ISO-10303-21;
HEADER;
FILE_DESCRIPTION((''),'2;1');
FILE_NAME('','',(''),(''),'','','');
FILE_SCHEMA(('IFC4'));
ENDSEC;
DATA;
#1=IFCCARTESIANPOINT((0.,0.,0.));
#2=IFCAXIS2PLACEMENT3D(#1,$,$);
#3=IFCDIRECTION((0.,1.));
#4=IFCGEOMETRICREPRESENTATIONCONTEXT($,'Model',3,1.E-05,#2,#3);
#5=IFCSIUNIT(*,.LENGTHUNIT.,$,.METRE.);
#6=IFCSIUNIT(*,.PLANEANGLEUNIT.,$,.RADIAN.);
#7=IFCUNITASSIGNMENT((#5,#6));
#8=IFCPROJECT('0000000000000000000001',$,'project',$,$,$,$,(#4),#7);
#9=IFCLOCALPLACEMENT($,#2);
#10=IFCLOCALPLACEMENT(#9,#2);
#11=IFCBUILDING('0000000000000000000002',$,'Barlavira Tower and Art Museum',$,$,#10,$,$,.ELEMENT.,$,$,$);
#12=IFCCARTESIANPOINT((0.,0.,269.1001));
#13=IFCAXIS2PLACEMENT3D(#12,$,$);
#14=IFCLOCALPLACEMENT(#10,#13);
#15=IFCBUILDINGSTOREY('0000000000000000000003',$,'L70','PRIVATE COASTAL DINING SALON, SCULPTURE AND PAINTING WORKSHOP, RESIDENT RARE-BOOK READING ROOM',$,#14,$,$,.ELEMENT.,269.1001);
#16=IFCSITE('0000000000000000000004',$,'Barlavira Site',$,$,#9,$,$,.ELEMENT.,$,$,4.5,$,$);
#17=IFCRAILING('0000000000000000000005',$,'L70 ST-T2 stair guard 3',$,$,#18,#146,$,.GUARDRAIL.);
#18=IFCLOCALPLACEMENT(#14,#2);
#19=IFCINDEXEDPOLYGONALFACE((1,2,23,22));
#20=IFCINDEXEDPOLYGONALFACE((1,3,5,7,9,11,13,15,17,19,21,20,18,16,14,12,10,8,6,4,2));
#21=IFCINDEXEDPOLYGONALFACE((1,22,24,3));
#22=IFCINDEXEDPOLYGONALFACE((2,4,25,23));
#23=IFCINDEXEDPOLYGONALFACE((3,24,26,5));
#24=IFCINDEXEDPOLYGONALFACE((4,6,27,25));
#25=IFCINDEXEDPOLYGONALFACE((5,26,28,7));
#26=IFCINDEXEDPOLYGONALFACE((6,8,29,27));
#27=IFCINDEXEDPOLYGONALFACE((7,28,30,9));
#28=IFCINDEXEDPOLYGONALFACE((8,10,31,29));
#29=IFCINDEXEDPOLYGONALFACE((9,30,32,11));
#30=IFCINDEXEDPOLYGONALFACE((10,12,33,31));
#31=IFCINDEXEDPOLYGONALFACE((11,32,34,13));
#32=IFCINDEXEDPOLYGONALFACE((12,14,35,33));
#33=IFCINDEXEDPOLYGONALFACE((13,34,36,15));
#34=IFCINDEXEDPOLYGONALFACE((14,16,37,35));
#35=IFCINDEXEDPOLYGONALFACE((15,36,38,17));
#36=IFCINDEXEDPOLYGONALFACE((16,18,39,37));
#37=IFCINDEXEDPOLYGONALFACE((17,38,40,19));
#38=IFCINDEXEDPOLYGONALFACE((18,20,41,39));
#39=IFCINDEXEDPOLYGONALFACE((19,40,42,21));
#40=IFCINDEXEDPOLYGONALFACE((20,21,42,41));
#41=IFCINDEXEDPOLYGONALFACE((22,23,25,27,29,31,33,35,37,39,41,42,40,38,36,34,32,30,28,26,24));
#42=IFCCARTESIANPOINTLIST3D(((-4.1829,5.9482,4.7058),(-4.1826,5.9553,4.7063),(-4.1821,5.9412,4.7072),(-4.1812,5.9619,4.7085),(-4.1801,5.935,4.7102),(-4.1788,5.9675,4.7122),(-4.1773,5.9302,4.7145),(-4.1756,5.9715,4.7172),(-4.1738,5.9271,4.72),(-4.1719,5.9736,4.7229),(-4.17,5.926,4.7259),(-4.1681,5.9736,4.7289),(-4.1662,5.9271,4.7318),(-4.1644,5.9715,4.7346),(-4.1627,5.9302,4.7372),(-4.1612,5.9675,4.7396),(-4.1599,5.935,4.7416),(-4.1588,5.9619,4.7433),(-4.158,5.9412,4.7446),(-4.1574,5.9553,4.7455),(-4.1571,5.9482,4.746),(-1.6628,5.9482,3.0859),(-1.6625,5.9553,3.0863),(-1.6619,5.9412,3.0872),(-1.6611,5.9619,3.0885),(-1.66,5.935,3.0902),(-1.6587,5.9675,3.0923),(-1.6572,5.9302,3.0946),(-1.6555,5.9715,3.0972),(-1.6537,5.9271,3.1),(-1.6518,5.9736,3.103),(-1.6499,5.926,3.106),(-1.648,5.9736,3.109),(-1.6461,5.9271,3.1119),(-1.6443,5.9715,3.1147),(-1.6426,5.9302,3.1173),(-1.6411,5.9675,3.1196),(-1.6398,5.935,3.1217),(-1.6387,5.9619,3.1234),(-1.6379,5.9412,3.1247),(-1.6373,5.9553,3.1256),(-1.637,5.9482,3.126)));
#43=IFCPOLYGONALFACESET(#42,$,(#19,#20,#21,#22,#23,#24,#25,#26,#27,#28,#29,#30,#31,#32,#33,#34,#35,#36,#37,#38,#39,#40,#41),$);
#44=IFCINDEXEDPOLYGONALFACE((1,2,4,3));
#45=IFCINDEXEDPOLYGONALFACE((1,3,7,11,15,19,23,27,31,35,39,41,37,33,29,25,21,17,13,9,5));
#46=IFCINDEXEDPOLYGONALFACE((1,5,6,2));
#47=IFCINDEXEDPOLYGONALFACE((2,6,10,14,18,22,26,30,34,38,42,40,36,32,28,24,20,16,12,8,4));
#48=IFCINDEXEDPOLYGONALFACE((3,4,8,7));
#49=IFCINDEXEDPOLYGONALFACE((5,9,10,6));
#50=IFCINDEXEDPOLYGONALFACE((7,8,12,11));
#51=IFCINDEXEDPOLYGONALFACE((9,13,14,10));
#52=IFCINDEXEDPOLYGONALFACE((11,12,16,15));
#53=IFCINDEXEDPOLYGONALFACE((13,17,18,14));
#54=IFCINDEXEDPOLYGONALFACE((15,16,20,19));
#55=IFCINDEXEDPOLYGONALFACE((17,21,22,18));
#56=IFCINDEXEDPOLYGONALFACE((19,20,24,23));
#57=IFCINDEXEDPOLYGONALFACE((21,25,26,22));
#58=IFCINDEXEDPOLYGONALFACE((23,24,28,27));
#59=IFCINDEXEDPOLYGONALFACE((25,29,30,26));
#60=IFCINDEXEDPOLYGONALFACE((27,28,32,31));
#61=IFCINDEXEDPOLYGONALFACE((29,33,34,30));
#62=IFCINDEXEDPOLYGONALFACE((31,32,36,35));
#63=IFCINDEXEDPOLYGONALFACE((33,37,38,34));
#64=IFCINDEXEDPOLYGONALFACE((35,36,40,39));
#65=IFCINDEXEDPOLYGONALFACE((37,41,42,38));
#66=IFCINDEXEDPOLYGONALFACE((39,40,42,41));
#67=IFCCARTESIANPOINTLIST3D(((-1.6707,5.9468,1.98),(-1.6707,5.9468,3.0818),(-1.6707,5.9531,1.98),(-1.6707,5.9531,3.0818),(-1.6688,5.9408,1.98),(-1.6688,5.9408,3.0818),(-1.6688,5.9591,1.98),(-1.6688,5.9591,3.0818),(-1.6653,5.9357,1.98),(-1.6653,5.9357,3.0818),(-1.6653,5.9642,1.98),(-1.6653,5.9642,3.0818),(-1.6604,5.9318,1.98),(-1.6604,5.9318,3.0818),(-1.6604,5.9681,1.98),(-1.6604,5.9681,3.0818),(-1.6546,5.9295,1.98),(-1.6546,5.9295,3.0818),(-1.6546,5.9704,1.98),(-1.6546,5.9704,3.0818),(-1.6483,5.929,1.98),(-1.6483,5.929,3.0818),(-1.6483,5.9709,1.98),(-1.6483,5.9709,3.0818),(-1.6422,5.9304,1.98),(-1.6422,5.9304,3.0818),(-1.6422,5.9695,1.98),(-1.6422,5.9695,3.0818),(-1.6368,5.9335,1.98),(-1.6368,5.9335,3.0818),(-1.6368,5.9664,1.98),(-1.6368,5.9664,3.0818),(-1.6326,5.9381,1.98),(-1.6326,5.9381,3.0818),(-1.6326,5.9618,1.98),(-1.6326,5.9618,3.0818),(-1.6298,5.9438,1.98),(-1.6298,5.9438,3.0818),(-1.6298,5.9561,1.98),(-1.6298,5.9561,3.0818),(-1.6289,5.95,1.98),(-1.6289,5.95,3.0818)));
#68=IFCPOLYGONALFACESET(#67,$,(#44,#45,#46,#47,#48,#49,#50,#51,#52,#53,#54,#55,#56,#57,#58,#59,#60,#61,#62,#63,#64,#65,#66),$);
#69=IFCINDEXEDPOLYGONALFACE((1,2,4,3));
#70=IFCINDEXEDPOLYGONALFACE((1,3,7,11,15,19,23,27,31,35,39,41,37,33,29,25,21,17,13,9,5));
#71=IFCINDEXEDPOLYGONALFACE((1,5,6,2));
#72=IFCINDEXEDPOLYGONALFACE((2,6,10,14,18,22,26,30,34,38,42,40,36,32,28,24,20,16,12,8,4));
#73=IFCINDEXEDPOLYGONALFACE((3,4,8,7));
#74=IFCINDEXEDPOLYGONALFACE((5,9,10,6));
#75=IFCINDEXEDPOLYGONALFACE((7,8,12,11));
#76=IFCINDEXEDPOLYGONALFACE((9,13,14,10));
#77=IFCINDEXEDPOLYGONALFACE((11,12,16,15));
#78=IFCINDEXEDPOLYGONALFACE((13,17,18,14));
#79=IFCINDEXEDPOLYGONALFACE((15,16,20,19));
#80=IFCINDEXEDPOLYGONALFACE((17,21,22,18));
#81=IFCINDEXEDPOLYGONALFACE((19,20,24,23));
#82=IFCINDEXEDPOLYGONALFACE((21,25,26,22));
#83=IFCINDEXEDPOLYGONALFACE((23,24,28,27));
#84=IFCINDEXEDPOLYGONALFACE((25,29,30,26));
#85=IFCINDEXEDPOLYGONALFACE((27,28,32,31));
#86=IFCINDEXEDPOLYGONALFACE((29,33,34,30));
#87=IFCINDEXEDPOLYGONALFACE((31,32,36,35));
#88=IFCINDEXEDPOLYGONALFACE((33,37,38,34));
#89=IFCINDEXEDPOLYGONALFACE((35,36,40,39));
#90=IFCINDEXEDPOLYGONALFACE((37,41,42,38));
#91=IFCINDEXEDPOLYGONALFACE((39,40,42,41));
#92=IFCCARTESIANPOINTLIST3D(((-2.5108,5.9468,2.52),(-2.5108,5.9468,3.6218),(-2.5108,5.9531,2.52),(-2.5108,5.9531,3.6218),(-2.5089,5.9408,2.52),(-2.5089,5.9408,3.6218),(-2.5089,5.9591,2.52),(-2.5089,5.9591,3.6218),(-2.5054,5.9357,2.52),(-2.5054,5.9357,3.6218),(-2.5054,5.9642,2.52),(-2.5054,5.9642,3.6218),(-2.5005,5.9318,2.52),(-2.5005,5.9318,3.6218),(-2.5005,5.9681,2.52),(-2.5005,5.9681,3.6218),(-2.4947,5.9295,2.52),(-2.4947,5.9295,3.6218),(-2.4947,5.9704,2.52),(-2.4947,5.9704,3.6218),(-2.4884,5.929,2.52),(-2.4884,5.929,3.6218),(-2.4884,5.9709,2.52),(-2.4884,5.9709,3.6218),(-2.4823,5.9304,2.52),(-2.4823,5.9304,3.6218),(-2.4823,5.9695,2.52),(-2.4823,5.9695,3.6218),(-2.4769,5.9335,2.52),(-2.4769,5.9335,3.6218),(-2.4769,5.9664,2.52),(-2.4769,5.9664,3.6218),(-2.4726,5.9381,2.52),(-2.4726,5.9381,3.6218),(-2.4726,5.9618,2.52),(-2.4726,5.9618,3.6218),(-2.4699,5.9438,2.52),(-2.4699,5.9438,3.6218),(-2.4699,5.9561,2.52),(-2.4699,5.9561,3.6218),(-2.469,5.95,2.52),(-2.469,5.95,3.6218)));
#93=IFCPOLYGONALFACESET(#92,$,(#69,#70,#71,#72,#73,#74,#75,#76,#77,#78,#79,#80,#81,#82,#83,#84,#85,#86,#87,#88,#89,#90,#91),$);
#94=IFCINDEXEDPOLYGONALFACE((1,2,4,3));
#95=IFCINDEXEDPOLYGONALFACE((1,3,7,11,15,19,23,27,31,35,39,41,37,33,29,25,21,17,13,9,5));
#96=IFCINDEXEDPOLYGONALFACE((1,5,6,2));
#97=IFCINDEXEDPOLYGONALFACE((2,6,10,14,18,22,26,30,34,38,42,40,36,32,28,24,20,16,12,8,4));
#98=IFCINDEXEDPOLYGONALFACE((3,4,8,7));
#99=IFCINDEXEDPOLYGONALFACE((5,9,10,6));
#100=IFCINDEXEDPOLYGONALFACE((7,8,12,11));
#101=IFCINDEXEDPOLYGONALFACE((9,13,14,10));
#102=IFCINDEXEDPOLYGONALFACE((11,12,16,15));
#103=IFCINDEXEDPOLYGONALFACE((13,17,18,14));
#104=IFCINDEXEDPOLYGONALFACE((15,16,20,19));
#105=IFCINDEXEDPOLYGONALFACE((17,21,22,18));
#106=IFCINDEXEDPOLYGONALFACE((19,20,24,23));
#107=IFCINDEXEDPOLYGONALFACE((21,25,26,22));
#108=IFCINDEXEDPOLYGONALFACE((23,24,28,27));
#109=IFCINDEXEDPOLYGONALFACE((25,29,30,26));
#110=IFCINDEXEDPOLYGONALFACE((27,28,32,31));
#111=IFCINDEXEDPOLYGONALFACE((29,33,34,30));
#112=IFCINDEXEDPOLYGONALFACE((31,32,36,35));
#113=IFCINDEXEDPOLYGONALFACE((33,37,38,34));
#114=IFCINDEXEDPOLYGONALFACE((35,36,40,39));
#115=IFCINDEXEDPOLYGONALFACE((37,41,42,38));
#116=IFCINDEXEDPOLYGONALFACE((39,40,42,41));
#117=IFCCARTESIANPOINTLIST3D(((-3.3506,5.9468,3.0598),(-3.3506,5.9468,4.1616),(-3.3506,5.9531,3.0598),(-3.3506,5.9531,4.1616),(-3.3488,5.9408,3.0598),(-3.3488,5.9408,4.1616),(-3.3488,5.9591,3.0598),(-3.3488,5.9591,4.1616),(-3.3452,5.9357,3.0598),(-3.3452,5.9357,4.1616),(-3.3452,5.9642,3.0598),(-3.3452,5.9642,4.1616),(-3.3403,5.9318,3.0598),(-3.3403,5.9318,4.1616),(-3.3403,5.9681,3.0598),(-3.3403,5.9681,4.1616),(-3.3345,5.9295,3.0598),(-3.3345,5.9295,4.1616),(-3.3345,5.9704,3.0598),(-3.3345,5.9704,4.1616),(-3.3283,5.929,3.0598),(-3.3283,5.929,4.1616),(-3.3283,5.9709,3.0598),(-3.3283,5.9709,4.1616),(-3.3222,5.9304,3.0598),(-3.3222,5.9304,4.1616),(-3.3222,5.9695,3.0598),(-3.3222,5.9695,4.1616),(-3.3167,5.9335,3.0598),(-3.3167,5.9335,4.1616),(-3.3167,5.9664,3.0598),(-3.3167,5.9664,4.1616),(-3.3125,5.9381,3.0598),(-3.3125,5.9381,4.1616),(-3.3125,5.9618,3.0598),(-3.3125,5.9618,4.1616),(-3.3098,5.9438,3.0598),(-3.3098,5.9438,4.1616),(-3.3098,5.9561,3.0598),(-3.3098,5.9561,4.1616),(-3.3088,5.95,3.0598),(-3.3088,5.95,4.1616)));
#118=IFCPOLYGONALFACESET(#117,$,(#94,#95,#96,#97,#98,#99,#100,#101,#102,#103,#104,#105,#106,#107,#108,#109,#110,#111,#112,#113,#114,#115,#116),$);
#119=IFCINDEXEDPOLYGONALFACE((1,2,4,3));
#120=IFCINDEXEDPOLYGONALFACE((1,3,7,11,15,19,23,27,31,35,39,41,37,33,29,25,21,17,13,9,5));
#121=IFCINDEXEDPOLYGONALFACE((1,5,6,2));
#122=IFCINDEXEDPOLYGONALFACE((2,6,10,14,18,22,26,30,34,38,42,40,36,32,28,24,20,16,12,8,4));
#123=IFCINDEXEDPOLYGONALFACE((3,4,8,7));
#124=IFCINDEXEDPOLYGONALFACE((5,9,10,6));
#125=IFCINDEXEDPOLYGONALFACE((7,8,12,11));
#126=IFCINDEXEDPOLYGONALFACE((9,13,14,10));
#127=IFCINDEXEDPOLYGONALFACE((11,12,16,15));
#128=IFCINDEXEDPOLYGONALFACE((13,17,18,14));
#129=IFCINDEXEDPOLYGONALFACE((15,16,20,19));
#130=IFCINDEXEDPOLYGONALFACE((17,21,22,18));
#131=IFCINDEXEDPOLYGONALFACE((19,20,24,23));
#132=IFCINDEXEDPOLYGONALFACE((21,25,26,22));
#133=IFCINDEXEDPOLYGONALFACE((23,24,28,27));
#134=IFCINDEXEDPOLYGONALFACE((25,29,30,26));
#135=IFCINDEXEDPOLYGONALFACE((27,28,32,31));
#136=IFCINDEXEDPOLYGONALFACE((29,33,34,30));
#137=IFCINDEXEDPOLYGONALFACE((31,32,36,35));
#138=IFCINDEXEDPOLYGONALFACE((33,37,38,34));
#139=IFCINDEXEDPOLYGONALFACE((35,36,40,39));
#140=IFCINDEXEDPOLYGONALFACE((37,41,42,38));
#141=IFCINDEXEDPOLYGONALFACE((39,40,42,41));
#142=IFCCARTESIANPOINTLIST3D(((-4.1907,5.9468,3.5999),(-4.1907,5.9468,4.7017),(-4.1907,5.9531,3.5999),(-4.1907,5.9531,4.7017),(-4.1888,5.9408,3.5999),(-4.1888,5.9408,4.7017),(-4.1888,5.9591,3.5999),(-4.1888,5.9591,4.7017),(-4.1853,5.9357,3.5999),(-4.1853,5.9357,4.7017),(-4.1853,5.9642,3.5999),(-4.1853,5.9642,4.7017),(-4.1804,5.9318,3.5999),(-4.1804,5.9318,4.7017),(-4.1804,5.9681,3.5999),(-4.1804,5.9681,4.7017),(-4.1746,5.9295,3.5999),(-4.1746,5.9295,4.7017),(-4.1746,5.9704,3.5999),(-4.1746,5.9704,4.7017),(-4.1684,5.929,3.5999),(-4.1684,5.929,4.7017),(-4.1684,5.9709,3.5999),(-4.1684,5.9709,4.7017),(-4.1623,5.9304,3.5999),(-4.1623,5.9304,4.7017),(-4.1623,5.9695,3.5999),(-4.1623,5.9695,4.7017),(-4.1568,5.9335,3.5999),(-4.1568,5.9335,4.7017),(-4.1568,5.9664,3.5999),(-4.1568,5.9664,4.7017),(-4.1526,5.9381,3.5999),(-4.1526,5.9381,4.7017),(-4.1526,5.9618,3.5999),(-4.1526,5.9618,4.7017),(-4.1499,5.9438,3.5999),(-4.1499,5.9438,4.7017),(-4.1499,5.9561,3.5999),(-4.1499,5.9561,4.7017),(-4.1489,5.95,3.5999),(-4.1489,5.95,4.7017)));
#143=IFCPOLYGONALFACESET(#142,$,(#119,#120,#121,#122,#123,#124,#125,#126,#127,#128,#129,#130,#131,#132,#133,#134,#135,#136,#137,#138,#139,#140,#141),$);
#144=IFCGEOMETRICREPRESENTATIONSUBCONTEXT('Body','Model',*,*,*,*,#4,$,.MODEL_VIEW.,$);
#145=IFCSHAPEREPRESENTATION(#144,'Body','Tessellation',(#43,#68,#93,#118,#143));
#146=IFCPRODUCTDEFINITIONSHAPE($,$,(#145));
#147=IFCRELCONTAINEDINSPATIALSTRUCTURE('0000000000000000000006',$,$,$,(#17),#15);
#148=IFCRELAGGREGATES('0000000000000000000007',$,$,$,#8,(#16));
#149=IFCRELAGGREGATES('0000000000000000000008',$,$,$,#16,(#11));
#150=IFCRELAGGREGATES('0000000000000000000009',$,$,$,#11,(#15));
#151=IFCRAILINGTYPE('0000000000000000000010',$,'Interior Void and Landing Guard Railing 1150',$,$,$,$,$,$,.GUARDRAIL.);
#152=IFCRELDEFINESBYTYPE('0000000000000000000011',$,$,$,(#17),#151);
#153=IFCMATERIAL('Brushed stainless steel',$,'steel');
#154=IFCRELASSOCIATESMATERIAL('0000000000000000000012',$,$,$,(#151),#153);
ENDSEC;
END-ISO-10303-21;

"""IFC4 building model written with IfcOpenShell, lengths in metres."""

from ifc_helpers import new_model, si_unit, direction, frame, origin, origin_2d, place, context, subcontext, project, spatial, circle, extrude, material, type_object, element, save


model = new_model("IFC4")

# Units and contexts
model_context = context("Model", 3, precision=1e-05, world=origin(), true_north=direction((0.0, 1.0)))
body_context = subcontext(model_context, "Body", "Model", "MODEL_VIEW")
ifc_project = project(units=[si_unit("LENGTHUNIT", "METRE"), si_unit("PLANEANGLEUNIT", "RADIAN")], contexts=[model_context])

# Site, building, storey
site_placement = place(None, origin())
site = spatial("IfcSite", under=ifc_project, at=site_placement, Name="Barlavira Site", CompositionType="ELEMENT", RefElevation=4.5)
building_placement = place(site_placement, origin())
building = spatial("IfcBuilding", under=site, at=building_placement, Name="Barlavira Tower and Art Museum", CompositionType="ELEMENT")
storey_placement = place(building_placement, frame((0.0, 0.0, 269.1001)))
storey = spatial("IfcBuildingStorey", under=building, at=storey_placement, Name="L70", Description="PRIVATE COASTAL DINING SALON, SCULPTURE AND PAINTING WORKSHOP, RESIDENT RARE-BOOK READING ROOM", CompositionType="ELEMENT", Elevation=269.1001)

# Shared definitions
ifc_material_1 = material(Name="Brushed stainless steel", Category="steel")

# Railing
railing_type_1 = type_object("IfcRailingType", Name="Interior Void and Landing Guard Railing 1150", PredefinedType="GUARDRAIL", material=ifc_material_1)
railing_1_placement = place(storey_placement, frame((-1.6499, 5.95, 1.98)))
element("IfcRailing", 1, at=railing_1_placement, inside=storey, type_object=railing_type_1, Name="L70 ST-T2 stair guard 3", PredefinedType="GUARDRAIL", context=body_context, shape_type="SweptSolid", body=[
    extrude(circle(Radius=0.0239, at=origin_2d()), frame((0.0, 0.0, 1.126), z_axis=(-0.8412, 0.0, 0.540725), x_axis=(0.0, -1.0, 0.0)), (0.0, 0.0, 1.0), 2.9958),
    extrude(circle(Radius=0.021, at=origin_2d()), origin(), (0.0, 0.0, 1.0), 1.1018),
    extrude(circle(Radius=0.021, at=origin_2d()), frame((-0.8401, 0.0, 0.54)), (0.0, 0.0, 1.0), 1.1018),
    extrude(circle(Radius=0.021, at=origin_2d()), frame((-1.6799, 0.0, 1.0798)), (0.0, 0.0, 1.0), 1.1018),
    extrude(circle(Radius=0.021, at=origin_2d()), frame((-2.52, 0.0, 1.6199)), (0.0, 0.0, 1.0), 1.1018),
])

save(model, "model.ifc")
